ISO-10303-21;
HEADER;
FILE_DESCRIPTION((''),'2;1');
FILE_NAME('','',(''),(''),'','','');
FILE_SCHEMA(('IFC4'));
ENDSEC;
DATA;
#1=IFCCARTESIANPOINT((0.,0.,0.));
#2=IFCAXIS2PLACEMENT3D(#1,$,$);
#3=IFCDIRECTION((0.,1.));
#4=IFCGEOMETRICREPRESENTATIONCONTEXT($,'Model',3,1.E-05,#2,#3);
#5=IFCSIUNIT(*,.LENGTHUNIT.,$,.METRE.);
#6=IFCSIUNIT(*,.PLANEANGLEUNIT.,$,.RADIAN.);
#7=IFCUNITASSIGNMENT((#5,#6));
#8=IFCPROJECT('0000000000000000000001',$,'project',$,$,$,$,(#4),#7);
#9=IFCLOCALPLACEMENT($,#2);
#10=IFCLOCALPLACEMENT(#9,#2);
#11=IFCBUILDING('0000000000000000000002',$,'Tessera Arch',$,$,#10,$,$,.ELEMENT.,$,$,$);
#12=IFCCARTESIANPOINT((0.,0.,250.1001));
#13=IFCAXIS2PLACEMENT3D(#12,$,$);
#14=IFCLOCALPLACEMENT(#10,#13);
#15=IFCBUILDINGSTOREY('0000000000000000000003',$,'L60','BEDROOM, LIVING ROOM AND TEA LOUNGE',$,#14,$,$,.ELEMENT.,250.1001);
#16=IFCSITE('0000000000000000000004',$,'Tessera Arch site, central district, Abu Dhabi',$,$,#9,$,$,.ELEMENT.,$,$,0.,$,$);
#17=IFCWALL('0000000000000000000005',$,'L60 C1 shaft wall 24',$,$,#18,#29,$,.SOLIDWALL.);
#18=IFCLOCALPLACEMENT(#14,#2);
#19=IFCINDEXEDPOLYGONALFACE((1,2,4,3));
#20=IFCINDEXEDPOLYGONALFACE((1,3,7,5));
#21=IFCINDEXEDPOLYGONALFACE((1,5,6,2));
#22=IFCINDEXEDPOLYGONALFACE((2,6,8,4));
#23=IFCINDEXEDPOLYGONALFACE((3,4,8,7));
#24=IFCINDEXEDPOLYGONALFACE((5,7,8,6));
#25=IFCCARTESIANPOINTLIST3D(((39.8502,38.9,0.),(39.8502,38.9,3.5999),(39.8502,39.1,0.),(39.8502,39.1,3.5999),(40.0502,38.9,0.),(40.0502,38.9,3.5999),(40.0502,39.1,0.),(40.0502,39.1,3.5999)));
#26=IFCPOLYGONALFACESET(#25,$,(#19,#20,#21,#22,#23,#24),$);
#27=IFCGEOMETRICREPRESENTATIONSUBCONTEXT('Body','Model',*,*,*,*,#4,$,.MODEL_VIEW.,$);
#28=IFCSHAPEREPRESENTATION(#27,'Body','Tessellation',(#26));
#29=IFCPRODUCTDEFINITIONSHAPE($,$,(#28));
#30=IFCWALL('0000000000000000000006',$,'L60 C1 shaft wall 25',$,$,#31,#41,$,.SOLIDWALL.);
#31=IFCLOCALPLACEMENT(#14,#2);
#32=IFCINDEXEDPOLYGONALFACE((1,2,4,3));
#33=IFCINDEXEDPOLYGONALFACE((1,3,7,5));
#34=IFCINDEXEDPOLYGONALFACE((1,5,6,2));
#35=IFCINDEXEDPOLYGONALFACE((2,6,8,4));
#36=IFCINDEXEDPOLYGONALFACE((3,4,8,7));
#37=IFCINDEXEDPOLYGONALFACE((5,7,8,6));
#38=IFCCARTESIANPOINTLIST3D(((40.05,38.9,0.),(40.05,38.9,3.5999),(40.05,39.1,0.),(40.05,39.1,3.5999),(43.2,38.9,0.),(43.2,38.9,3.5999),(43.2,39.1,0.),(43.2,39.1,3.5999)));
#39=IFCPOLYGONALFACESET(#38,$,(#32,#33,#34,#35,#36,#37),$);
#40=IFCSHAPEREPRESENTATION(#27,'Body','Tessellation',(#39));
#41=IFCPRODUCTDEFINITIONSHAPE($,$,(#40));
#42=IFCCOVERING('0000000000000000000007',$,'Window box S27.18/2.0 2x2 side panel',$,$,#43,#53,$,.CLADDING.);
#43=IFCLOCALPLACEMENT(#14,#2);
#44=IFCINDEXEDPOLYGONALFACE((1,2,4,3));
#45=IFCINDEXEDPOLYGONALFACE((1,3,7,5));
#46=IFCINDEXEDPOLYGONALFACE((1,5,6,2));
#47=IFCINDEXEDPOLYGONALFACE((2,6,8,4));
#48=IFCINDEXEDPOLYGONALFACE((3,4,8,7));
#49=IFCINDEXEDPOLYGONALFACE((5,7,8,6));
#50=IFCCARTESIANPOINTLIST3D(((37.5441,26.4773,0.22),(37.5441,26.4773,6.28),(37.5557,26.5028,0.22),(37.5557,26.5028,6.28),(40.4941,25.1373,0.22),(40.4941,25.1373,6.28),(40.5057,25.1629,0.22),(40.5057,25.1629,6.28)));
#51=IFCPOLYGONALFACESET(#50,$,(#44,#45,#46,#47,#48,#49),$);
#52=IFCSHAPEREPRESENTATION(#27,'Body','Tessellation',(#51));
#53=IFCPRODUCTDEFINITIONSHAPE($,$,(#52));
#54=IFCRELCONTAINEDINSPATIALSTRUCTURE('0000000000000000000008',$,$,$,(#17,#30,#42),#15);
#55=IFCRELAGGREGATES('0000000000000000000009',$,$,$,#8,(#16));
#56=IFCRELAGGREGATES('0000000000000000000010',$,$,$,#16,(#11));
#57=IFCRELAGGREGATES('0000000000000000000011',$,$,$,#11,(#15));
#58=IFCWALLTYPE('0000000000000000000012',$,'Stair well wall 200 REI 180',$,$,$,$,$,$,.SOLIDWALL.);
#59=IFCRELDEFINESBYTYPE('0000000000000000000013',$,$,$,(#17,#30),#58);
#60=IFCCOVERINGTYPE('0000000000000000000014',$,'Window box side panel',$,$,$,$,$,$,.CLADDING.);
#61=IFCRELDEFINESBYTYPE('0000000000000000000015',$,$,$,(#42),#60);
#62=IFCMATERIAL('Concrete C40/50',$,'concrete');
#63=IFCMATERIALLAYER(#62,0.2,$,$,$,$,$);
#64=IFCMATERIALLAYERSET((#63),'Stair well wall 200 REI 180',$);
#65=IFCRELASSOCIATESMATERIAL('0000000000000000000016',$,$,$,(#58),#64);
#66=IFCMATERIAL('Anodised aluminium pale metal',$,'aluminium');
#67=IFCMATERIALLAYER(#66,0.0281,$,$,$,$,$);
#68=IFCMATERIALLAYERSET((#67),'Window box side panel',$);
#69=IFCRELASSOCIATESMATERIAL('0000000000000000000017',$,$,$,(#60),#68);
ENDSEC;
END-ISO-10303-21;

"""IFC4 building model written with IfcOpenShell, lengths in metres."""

from ifc_helpers import new_model, si_unit, direction, frame, frame_2d, origin, origin_2d, place, context, subcontext, project, spatial, rectangle, extrude, material, layer, layer_set, type_object, element, save


model = new_model("IFC4")

# Units and contexts
model_context = context("Model", 3, precision=1e-05, world=origin(), true_north=direction((0.0, 1.0)))
body_context = subcontext(model_context, "Body", "Model", "MODEL_VIEW")
ifc_project = project(units=[si_unit("LENGTHUNIT", "METRE"), si_unit("PLANEANGLEUNIT", "RADIAN")], contexts=[model_context])

# Site, building, storey
site_placement = place(None, origin())
site = spatial("IfcSite", under=ifc_project, at=site_placement, Name="Tessera Arch site, central district, Abu Dhabi", CompositionType="ELEMENT", RefElevation=0.0)
building_placement = place(site_placement, origin())
building = spatial("IfcBuilding", under=site, at=building_placement, Name="Tessera Arch", CompositionType="ELEMENT")
storey_placement = place(building_placement, frame((0.0, 0.0, 250.1001)))
storey = spatial("IfcBuildingStorey", under=building, at=storey_placement, Name="L60", Description="BEDROOM, LIVING ROOM AND TEA LOUNGE", CompositionType="ELEMENT", Elevation=250.1001)

# Walls
ifc_material_1 = material(Name="Concrete C40/50", Category="concrete")
ifc_layer_1 = layer(ifc_material_1, 0.2)
ifc_layer_set_1 = layer_set([ifc_layer_1], Name="Stair well wall 200 REI 180")
wall_type_1 = type_object("IfcWallType", Name="Stair well wall 200 REI 180", PredefinedType="SOLIDWALL", material=ifc_layer_set_1)
wall_1_placement = place(storey_placement, frame((39.8501, 39.0, 0.0), z_axis=(0.0, 0.0, 1.0), x_axis=(1.0, 0.0, 0.0)))
element("IfcWall", 1, at=wall_1_placement, inside=storey, type_object=wall_type_1, Name="L60 C1 shaft wall 24", PredefinedType="SOLIDWALL", context=body_context, shape_type="SweptSolid", body=[
    extrude(rectangle(XDim=0.2, YDim=0.2, at=frame_2d((0.1001, 0.0))), origin(), (0.0, 0.0, 1.0), 3.5999),
])
wall_2_placement = place(storey_placement, frame((40.05, 39.0, 0.0), z_axis=(0.0, 0.0, 1.0), x_axis=(1.0, 0.0, 0.0)))
element("IfcWall", 2, at=wall_2_placement, inside=storey, type_object=wall_type_1, Name="L60 C1 shaft wall 25", PredefinedType="SOLIDWALL", context=body_context, shape_type="SweptSolid", body=[
    extrude(rectangle(XDim=3.1499, YDim=0.2, at=frame_2d((1.575, 0.0))), origin(), (0.0, 0.0, 1.0), 3.5999),
])

# Covering
ifc_material_2 = material(Name="Anodised aluminium pale metal", Category="aluminium")
ifc_layer_2 = layer(ifc_material_2, 0.0281)
ifc_layer_set_2 = layer_set([ifc_layer_2], Name="Window box side panel")
covering_type = type_object("IfcCoveringType", Name="Window box side panel", PredefinedType="CLADDING", material=ifc_layer_set_2)
covering_placement = place(storey_placement, frame((39.0249, 25.8201, 0.22), z_axis=(0.0, 0.0, 1.0), x_axis=(0.910472, -0.41357, 0.0)))
element("IfcCovering", 3, at=covering_placement, inside=storey, type_object=covering_type, Name="Window box S27.18/2.0 2x2 side panel", PredefinedType="CLADDING", context=body_context, shape_type="SweptSolid", body=[
    extrude(rectangle(XDim=3.24, YDim=0.0281, at=origin_2d()), origin(), (0.0, 0.0, 1.0), 6.0601),
])

save(model, "model.ifc")
